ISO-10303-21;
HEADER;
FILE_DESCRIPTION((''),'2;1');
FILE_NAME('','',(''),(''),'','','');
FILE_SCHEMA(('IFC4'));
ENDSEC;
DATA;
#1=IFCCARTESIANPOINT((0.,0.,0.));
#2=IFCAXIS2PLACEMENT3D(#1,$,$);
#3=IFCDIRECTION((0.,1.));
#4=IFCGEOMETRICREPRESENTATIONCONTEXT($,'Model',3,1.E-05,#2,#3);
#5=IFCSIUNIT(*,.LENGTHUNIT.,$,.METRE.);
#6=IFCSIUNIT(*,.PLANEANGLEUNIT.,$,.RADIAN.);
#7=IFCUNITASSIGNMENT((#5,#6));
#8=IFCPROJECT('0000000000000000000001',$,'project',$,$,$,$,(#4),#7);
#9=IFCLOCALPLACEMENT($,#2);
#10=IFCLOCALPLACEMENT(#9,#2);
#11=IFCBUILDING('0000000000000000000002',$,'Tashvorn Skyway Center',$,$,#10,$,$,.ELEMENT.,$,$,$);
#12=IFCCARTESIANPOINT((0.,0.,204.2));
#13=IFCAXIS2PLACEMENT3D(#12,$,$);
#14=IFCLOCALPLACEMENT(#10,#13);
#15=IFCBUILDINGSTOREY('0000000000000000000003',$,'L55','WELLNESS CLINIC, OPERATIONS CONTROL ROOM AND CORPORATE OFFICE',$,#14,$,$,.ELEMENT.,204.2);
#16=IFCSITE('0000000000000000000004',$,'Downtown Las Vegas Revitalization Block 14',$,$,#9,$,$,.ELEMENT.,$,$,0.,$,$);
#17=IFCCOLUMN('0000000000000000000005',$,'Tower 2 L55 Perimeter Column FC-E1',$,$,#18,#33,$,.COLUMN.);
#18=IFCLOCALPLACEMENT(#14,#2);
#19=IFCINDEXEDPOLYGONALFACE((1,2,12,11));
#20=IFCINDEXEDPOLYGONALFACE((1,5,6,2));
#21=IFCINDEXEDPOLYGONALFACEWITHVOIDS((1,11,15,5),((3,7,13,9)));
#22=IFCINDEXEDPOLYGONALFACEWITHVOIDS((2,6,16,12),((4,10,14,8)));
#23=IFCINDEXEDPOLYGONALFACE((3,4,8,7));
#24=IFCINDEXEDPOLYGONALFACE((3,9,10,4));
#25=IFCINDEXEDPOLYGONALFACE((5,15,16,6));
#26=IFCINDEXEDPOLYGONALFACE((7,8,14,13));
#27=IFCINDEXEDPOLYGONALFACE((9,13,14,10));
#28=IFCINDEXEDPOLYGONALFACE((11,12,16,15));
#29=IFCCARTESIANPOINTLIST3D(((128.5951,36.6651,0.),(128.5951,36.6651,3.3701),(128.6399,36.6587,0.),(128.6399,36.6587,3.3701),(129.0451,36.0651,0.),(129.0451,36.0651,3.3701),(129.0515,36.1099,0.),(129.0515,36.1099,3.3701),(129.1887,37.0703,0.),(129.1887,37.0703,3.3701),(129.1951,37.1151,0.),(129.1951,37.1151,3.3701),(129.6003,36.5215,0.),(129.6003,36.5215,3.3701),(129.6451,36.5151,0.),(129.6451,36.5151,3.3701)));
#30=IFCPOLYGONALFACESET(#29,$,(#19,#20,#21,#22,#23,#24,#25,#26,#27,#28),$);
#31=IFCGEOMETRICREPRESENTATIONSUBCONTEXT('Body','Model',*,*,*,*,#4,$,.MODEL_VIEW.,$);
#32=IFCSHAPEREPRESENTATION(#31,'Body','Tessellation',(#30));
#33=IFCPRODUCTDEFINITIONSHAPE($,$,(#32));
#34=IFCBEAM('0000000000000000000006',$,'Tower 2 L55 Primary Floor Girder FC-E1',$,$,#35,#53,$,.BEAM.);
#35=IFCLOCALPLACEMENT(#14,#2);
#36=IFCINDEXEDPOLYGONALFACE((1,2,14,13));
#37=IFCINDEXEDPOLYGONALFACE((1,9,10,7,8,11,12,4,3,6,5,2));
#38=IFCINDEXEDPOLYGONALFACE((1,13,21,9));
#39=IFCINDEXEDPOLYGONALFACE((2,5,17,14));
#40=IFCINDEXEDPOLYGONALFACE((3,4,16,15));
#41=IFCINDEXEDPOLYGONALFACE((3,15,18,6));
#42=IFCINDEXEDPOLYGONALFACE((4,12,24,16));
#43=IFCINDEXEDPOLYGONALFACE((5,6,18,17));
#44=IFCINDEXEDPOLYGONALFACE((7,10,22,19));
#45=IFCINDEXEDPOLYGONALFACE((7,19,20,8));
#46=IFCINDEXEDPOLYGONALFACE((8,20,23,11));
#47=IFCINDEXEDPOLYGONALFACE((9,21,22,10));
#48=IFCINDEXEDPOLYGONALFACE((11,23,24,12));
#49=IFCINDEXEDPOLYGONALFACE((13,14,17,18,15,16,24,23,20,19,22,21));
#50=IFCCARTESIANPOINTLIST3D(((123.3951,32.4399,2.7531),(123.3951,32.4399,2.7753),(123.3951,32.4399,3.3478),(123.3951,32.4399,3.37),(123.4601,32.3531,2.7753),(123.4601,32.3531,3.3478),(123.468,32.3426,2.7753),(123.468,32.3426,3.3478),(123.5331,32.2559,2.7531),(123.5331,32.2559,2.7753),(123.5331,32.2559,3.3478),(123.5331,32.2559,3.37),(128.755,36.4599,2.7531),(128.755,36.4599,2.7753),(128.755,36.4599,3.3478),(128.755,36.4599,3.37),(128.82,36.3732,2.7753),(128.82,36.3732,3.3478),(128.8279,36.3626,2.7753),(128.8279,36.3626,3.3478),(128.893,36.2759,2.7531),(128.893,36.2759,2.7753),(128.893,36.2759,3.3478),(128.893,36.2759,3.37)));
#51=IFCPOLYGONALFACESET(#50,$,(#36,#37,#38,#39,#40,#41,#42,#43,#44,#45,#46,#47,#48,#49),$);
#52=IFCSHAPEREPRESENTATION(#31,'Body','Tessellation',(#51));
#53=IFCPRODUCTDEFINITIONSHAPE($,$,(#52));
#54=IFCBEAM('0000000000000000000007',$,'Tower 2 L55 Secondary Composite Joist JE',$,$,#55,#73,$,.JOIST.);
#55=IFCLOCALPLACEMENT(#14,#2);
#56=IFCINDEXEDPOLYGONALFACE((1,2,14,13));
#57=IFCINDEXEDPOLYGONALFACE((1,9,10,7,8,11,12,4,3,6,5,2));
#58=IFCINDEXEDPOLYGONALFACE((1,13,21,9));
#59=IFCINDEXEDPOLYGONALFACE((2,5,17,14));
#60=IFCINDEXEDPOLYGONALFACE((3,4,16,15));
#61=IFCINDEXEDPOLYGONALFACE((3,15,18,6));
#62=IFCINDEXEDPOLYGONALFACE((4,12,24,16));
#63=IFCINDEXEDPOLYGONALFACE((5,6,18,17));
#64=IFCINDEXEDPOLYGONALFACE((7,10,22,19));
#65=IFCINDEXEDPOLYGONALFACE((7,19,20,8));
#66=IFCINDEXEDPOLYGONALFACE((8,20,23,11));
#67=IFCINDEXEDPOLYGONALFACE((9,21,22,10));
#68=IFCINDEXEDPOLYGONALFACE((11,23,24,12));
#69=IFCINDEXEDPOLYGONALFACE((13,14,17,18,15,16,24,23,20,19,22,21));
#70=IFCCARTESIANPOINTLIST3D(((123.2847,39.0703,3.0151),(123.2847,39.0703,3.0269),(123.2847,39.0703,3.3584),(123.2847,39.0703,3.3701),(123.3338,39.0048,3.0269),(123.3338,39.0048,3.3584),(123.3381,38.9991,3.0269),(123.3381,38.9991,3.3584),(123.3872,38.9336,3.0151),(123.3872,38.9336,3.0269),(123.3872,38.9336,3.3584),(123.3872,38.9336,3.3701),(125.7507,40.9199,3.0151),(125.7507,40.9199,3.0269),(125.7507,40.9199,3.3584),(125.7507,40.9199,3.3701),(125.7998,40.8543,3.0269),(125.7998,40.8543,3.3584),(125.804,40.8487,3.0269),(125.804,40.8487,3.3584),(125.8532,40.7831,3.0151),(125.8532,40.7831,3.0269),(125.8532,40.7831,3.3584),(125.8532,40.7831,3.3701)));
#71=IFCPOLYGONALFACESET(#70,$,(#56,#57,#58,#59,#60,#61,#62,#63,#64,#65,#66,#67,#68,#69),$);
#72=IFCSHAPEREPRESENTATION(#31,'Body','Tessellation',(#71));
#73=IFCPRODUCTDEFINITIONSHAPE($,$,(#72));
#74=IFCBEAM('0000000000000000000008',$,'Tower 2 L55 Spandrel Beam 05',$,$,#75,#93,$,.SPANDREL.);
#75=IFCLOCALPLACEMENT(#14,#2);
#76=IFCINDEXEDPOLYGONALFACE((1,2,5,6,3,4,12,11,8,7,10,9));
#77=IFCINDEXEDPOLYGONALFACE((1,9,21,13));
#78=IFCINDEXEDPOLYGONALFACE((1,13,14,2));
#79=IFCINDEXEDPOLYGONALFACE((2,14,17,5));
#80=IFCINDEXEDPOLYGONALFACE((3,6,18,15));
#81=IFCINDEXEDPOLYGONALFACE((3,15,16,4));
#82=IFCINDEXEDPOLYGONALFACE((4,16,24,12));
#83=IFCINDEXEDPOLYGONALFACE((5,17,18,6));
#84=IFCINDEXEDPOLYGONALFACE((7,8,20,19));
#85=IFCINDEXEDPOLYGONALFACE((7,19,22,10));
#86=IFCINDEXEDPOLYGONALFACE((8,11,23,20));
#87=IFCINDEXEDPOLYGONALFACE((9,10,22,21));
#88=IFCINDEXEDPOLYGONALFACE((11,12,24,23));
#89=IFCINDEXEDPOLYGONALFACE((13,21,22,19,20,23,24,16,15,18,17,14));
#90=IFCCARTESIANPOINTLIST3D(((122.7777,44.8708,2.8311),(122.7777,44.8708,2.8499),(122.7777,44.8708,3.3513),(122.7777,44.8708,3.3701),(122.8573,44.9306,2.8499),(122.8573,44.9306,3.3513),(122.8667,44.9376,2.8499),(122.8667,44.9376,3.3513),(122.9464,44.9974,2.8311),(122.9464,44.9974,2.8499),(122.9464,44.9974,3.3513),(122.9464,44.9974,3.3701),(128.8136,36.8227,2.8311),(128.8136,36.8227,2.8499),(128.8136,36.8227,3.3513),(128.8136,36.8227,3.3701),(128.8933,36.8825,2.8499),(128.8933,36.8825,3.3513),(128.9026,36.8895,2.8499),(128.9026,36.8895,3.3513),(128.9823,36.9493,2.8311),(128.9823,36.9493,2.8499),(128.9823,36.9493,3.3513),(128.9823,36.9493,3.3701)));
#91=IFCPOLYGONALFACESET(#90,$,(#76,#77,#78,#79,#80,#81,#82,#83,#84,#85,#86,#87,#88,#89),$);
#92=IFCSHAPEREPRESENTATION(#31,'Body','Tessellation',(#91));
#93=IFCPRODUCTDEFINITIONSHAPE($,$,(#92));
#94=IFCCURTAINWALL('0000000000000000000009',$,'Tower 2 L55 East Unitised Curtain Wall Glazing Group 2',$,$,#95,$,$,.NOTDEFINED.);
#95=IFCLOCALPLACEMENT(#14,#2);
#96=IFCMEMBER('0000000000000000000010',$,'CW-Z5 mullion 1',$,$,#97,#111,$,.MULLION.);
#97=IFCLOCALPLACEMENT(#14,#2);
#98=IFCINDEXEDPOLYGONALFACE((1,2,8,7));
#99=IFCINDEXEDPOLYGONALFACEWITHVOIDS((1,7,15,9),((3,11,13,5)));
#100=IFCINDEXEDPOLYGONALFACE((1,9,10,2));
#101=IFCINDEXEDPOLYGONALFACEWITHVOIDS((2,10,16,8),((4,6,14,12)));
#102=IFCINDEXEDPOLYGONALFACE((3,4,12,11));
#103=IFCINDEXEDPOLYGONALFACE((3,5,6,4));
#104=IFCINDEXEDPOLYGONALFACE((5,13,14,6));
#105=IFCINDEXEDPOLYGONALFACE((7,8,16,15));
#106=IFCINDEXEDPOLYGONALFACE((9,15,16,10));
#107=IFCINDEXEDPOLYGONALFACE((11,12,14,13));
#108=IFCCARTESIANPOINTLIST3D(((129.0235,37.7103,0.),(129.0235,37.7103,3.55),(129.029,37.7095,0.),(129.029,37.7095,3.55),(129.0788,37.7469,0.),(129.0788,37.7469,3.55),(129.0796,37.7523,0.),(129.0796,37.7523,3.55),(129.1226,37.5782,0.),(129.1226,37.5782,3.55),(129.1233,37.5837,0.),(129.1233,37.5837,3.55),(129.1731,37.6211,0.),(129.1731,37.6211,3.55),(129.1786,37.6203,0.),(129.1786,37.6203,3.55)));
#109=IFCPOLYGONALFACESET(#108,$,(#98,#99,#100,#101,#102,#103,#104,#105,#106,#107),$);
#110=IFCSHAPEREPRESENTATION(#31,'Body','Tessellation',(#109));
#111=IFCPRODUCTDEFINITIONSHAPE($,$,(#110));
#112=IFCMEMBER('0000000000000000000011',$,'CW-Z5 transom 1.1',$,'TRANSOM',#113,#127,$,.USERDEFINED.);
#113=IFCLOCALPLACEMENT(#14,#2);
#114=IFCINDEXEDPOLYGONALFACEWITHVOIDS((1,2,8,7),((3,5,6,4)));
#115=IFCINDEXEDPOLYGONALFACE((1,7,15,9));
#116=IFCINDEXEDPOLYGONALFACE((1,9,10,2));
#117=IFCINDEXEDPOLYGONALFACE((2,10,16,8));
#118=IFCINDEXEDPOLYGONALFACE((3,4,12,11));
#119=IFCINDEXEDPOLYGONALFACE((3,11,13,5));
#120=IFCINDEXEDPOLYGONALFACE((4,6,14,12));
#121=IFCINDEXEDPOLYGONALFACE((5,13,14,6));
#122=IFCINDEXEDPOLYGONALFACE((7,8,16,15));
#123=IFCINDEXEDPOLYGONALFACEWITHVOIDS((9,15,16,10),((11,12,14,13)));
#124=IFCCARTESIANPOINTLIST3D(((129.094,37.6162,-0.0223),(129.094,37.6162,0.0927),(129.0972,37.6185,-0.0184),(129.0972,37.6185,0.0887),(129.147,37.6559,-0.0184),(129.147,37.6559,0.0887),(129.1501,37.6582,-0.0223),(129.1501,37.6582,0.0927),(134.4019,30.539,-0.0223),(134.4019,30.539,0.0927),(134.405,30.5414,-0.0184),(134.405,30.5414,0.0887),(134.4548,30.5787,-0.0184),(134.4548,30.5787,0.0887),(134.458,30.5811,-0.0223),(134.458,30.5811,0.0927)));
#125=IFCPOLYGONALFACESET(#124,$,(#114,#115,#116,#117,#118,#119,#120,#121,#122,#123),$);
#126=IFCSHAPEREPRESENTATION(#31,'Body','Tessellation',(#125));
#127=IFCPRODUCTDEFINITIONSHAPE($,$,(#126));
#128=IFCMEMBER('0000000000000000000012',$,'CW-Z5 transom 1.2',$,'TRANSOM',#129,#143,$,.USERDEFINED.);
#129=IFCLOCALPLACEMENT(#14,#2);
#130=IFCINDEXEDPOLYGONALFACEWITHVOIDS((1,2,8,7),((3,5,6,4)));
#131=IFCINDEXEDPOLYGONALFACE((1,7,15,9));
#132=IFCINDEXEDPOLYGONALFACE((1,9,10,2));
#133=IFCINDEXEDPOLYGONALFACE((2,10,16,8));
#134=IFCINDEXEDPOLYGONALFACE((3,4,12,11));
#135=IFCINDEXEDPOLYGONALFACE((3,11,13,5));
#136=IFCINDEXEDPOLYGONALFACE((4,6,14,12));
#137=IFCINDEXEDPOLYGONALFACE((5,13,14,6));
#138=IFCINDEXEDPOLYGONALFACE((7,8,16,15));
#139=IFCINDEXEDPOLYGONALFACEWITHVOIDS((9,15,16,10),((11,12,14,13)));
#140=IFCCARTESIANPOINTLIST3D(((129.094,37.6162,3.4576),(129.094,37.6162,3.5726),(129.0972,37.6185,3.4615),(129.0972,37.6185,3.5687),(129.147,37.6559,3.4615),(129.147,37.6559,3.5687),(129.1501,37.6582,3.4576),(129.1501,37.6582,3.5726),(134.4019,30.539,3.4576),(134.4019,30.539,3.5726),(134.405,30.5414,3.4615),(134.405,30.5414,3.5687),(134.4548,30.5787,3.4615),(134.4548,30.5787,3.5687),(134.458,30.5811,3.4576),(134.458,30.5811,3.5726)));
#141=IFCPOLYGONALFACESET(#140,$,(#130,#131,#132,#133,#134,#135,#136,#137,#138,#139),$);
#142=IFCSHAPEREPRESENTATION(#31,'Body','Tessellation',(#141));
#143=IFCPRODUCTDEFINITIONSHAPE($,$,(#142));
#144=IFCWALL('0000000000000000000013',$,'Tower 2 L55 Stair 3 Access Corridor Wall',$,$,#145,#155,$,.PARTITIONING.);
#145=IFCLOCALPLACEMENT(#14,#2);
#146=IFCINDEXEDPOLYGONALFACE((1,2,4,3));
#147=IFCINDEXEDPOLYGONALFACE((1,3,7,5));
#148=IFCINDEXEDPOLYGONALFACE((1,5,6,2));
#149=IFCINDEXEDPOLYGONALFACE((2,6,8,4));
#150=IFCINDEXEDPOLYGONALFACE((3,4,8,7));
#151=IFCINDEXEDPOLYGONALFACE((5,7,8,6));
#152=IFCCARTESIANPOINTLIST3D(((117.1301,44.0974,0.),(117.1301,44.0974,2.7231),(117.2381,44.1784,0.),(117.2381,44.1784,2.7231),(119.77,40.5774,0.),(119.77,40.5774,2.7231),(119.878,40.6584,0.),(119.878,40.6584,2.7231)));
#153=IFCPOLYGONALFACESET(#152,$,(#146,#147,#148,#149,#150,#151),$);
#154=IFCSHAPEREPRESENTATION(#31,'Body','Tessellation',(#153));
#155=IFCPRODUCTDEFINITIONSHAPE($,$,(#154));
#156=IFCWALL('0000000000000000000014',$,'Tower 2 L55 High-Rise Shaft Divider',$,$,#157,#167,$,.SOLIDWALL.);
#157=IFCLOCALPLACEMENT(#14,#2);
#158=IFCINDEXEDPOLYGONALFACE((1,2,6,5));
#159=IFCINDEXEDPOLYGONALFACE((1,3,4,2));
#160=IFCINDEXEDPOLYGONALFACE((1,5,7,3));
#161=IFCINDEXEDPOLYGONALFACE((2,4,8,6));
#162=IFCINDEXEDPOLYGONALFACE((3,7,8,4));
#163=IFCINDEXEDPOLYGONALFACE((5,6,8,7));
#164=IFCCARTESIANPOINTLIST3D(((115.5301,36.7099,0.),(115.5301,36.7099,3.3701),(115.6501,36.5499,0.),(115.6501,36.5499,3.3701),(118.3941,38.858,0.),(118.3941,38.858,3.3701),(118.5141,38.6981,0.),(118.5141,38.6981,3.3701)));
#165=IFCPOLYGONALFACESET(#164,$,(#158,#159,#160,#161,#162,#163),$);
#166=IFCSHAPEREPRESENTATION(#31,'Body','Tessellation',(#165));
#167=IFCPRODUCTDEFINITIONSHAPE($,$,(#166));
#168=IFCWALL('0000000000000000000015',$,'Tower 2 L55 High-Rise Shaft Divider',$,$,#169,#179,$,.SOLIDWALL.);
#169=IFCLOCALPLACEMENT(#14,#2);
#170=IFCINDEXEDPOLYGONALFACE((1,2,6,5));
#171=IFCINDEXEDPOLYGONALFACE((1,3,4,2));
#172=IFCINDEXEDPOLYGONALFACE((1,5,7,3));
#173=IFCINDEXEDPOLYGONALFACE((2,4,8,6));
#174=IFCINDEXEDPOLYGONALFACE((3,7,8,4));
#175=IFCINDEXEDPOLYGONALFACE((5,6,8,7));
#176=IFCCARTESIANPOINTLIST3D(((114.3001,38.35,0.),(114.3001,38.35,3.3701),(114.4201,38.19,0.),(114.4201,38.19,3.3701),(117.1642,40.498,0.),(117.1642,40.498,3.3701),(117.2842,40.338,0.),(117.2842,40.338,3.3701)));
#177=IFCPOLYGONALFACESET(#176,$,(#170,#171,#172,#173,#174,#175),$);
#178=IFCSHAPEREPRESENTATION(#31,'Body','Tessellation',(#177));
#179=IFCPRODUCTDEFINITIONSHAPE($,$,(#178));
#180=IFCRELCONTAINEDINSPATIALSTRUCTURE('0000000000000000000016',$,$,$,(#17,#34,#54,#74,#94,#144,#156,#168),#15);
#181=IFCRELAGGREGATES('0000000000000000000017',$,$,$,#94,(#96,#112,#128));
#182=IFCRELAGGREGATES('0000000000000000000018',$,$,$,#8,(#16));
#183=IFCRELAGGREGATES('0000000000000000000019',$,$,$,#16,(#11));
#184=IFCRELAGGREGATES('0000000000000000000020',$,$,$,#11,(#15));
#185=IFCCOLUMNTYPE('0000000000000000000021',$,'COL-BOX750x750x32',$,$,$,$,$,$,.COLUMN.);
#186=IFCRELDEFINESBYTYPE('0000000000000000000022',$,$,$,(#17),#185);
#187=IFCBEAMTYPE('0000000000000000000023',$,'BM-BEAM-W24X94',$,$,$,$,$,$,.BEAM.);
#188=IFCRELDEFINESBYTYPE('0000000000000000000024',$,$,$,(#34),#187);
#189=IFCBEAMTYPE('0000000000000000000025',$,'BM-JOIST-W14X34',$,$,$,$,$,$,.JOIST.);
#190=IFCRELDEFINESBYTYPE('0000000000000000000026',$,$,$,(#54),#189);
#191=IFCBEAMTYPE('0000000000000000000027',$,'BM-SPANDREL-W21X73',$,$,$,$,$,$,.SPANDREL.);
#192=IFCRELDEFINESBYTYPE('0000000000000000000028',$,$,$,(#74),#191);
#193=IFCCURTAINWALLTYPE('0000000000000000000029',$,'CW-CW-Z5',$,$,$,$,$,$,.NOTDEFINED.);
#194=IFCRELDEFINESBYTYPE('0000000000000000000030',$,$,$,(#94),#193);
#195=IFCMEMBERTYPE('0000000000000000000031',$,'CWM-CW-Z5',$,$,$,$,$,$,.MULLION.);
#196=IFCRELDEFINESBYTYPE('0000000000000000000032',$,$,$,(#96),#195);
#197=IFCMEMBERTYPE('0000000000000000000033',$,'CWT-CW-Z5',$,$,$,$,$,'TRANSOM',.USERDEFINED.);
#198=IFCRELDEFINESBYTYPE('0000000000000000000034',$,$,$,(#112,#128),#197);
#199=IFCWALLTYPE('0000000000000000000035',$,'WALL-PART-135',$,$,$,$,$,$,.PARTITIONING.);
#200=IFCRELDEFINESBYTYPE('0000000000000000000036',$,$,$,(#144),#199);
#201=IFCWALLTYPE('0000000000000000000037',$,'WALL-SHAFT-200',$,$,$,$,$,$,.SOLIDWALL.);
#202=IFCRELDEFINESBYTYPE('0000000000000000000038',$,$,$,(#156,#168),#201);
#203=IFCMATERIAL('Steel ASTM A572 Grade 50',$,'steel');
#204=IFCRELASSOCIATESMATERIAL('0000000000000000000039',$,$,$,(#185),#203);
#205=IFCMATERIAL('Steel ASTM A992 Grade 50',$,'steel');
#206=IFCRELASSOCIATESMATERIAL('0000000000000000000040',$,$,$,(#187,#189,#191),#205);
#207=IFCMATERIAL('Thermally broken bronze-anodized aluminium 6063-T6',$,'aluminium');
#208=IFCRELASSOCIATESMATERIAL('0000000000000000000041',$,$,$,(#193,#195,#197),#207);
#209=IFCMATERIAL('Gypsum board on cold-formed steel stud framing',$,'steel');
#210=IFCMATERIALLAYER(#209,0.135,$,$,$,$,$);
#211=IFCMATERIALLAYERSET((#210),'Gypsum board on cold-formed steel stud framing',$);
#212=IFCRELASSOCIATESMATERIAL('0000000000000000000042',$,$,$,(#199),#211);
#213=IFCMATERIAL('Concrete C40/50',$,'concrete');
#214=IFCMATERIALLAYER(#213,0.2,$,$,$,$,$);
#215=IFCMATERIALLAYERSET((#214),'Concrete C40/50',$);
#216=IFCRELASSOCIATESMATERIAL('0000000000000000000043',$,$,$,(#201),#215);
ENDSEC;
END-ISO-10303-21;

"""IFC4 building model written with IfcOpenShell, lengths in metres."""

from ifc_helpers import new_model, si_unit, direction, frame, frame_2d, origin, origin_2d, place, context, subcontext, project, spatial, rectangle, hollow_rectangle, i_section, extrude, material, layer, layer_set, material_profile, profile_set, type_object, element, aggregate, save


model = new_model("IFC4")

# Units and contexts
model_context = context("Model", 3, precision=1e-05, world=origin(), true_north=direction((0.0, 1.0)))
body_context = subcontext(model_context, "Body", "Model", "MODEL_VIEW")
ifc_project = project(units=[si_unit("LENGTHUNIT", "METRE"), si_unit("PLANEANGLEUNIT", "RADIAN")], contexts=[model_context])

# Site, building, storey
site_placement = place(None, origin())
site = spatial("IfcSite", under=ifc_project, at=site_placement, Name="Downtown Las Vegas Revitalization Block 14", CompositionType="ELEMENT", RefElevation=0.0)
building_placement = place(site_placement, origin())
building = spatial("IfcBuilding", under=site, at=building_placement, Name="Tashvorn Skyway Center", CompositionType="ELEMENT")
storey_placement = place(building_placement, frame((0.0, 0.0, 204.2)))
storey = spatial("IfcBuildingStorey", under=building, at=storey_placement, Name="L55", Description="WELLNESS CLINIC, OPERATIONS CONTROL ROOM AND CORPORATE OFFICE", CompositionType="ELEMENT", Elevation=204.2)

# Column
ifc_material_1 = material(Name="Steel ASTM A572 Grade 50", Category="steel")
ifc_material_profile_1 = material_profile(ifc_material_1, hollow_rectangle(XDim=0.75, YDim=0.75, WallThickness=0.032, at=origin_2d()), Name="BOX750x750x32")
ifc_profile_set_1 = profile_set([ifc_material_profile_1], Name="Steel ASTM A572 Grade 50")
column_type = type_object("IfcColumnType", Name="COL-BOX750x750x32", PredefinedType="COLUMN", material=ifc_profile_set_1)
column_placement = place(storey_placement, frame((129.1201, 36.5901, 0.0), z_axis=(0.0, 0.0, 1.0), x_axis=(0.8, 0.6, 0.0)))
element("IfcColumn", 1, at=column_placement, inside=storey, type_object=column_type, Name="Tower 2 L55 Perimeter Column FC-E1", PredefinedType="COLUMN", context=body_context, shape_type="SweptSolid", body=[
    extrude(hollow_rectangle(XDim=0.75, YDim=0.75, WallThickness=0.032, at=origin_2d()), origin(), (0.0, 0.0, 1.0), 3.3701),
])

# Beams
ifc_material_2 = material(Name="Steel ASTM A992 Grade 50", Category="steel")
ifc_material_profile_2 = material_profile(ifc_material_2, i_section(OverallWidth=0.23, OverallDepth=0.6169, WebThickness=0.0132, FlangeThickness=0.0222, at=origin_2d()), Name="W24X94")
ifc_profile_set_2 = profile_set([ifc_material_profile_2], Name="Steel ASTM A992 Grade 50")
beam_type_1 = type_object("IfcBeamType", Name="BM-BEAM-W24X94", PredefinedType="BEAM", material=ifc_profile_set_2)
beam_1_placement = place(storey_placement, frame((128.824, 36.3679, 3.0615), z_axis=(-0.799991, -0.600012, 0.0), x_axis=(0.600012, -0.799991, 0.0)))
element("IfcBeam", 2, at=beam_1_placement, inside=storey, type_object=beam_type_1, Name="Tower 2 L55 Primary Floor Girder FC-E1", PredefinedType="BEAM", context=body_context, shape_type="SweptSolid", body=[
    extrude(i_section(OverallWidth=0.23, OverallDepth=0.6169, WebThickness=0.0132, FlangeThickness=0.0222, at=origin_2d()), origin(), (0.0, 0.0, 1.0), 6.7),
])
ifc_material_profile_3 = material_profile(ifc_material_2, i_section(OverallWidth=0.1709, OverallDepth=0.355, WebThickness=0.0071, FlangeThickness=0.0117, at=origin_2d()), Name="W14X34")
ifc_profile_set_3 = profile_set([ifc_material_profile_3], Name="Steel ASTM A992 Grade 50")
beam_type_2 = type_object("IfcBeamType", Name="BM-JOIST-W14X34", PredefinedType="JOIST", material=ifc_profile_set_3)
beam_2_placement = place(storey_placement, frame((123.3359, 39.002, 3.1926), z_axis=(0.79999, 0.600013, 0.0), x_axis=(-0.600013, 0.79999, 0.0)))
element("IfcBeam", 3, at=beam_2_placement, inside=storey, type_object=beam_type_2, Name="Tower 2 L55 Secondary Composite Joist JE", PredefinedType="JOIST", context=body_context, shape_type="SweptSolid", body=[
    extrude(i_section(OverallWidth=0.1709, OverallDepth=0.355, WebThickness=0.0071, FlangeThickness=0.0117, at=origin_2d()), origin(), (0.0, 0.0, 1.0), 3.0825),
])
ifc_material_profile_4 = material_profile(ifc_material_2, i_section(OverallWidth=0.2109, OverallDepth=0.5391, WebThickness=0.0117, FlangeThickness=0.0188, at=origin_2d()), Name="W21X73")
ifc_profile_set_4 = profile_set([ifc_material_profile_4], Name="Steel ASTM A992 Grade 50")
beam_type_3 = type_object("IfcBeamType", Name="BM-SPANDREL-W21X73", PredefinedType="SPANDREL", material=ifc_profile_set_4)
beam_3_placement = place(storey_placement, frame((128.8979, 36.886, 3.1006), z_axis=(-0.599988, 0.800009, 0.0), x_axis=(-0.800009, -0.599988, 0.0)))
element("IfcBeam", 4, at=beam_3_placement, inside=storey, type_object=beam_type_3, Name="Tower 2 L55 Spandrel Beam 05", PredefinedType="SPANDREL", context=body_context, shape_type="SweptSolid", body=[
    extrude(i_section(OverallWidth=0.2109, OverallDepth=0.5391, WebThickness=0.0117, FlangeThickness=0.0188, at=origin_2d()), origin(), (0.0, 0.0, 1.0), 10.0601),
])

# Curtain wall, members
ifc_material_3 = material(Name="Thermally broken bronze-anodized aluminium 6063-T6", Category="aluminium")
curtain_wall_type = type_object("IfcCurtainWallType", Name="CW-CW-Z5", PredefinedType="NOTDEFINED", material=ifc_material_3)
curtain_wall_placement = place(storey_placement, origin())
curtain_wall = element("IfcCurtainWall", 5, at=curtain_wall_placement, inside=storey, type_object=curtain_wall_type, Name="Tower 2 L55 East Unitised Curtain Wall Glazing Group 2", PredefinedType="NOTDEFINED")
ifc_material_profile_5 = material_profile(ifc_material_3, hollow_rectangle(XDim=0.0701, YDim=0.165, WallThickness=0.0039, at=origin_2d()), Name="ALU-MULL-70x165")
ifc_profile_set_5 = profile_set([ifc_material_profile_5], Name="Thermally broken bronze-anodized aluminium 6063-T6")
member_type_1 = type_object("IfcMemberType", Name="CWM-CW-Z5", PredefinedType="MULLION", material=ifc_profile_set_5)
member_1_placement = place(storey_placement, frame((129.1011, 37.6653, 0.0), z_axis=(0.0, 0.0, 1.0), x_axis=(0.799999, 0.600002, 0.0)))
member_1 = element("IfcMember", 6, at=member_1_placement, type_object=member_type_1, Name="CW-Z5 mullion 1", PredefinedType="MULLION", context=body_context, shape_type="SweptSolid", body=[
    extrude(hollow_rectangle(XDim=0.0701, YDim=0.165, WallThickness=0.0039, at=origin_2d()), origin(), (0.0, 0.0, 1.0), 3.55),
])
ifc_material_profile_6 = material_profile(ifc_material_3, hollow_rectangle(XDim=0.0701, YDim=0.115, WallThickness=0.0039, at=origin_2d()), Name="ALU-TRAN-70x115")
ifc_profile_set_6 = profile_set([ifc_material_profile_6], Name="Thermally broken bronze-anodized aluminium 6063-T6")
member_type_2 = type_object("IfcMemberType", Name="CWT-CW-Z5", ElementType="TRANSOM", PredefinedType="USERDEFINED", material=ifc_profile_set_6)
member_2_placement = place(storey_placement, frame((129.1221, 37.6372, 0.0352), z_axis=(0.6, -0.8, 0.0), x_axis=(0.8, 0.6, 0.0)))
member_2 = element("IfcMember", 7, at=member_2_placement, type_object=member_type_2, Name="CW-Z5 transom 1.1", ObjectType="TRANSOM", PredefinedType="USERDEFINED", context=body_context, shape_type="SweptSolid", body=[
    extrude(hollow_rectangle(XDim=0.0701, YDim=0.115, WallThickness=0.0039, at=origin_2d()), origin(), (0.0, 0.0, 1.0), 8.8464),
])
member_3_placement = place(storey_placement, frame((129.1221, 37.6372, 3.5151), z_axis=(0.6, -0.8, 0.0), x_axis=(0.8, 0.6, 0.0)))
member_3 = element("IfcMember", 8, at=member_3_placement, type_object=member_type_2, Name="CW-Z5 transom 1.2", ObjectType="TRANSOM", PredefinedType="USERDEFINED", context=body_context, shape_type="SweptSolid", body=[
    extrude(hollow_rectangle(XDim=0.0701, YDim=0.115, WallThickness=0.0039, at=origin_2d()), origin(), (0.0, 0.0, 1.0), 8.8464),
])
aggregate(curtain_wall, [member_1, member_2, member_3])

# Walls
ifc_material_4 = material(Name="Gypsum board on cold-formed steel stud framing", Category="steel")
ifc_layer_1 = layer(ifc_material_4, 0.135)
ifc_layer_set_1 = layer_set([ifc_layer_1], Name="Gypsum board on cold-formed steel stud framing")
wall_type_1 = type_object("IfcWallType", Name="WALL-PART-135", PredefinedType="PARTITIONING", material=ifc_layer_set_1)
wall_1_placement = place(storey_placement, frame((119.824, 40.6179, 0.0), z_axis=(0.0, 0.0, 1.0), x_axis=(-0.599982, 0.800013, 0.0)))
element("IfcWall", 9, at=wall_1_placement, inside=storey, type_object=wall_type_1, Name="Tower 2 L55 Stair 3 Access Corridor Wall", PredefinedType="PARTITIONING", context=body_context, shape_type="SweptSolid", body=[
    extrude(rectangle(XDim=4.3999, YDim=0.135, at=frame_2d((2.2, 0.0))), origin(), (0.0, 0.0, 1.0), 2.7231),
])
ifc_material_5 = material(Name="Concrete C40/50", Category="concrete")
ifc_layer_2 = layer(ifc_material_5, 0.2)
ifc_layer_set_2 = layer_set([ifc_layer_2], Name="Concrete C40/50")
wall_type_2 = type_object("IfcWallType", Name="WALL-SHAFT-200", PredefinedType="SOLIDWALL", material=ifc_layer_set_2)
for number, where, z_axis, x_axis, name in (
    (10, (115.5901, 36.6299, 0.0), (0.0, 0.0, 1.0), (0.799975, 0.600033, 0.0), "Tower 2 L55 High-Rise Shaft Divider"),
    (11, (114.3601, 38.27, 0.0), (0.0, 0.0, 1.0), (0.800008, 0.599989, 0.0), "Tower 2 L55 High-Rise Shaft Divider"),
):
    element("IfcWall", number, at=place(storey_placement, frame(where, z_axis=z_axis, x_axis=x_axis)), inside=storey, type_object=wall_type_2, Name=name, PredefinedType="SOLIDWALL", context=body_context, shape_type="SweptSolid", body=[
        extrude(rectangle(XDim=3.5801, YDim=0.2, at=frame_2d((1.79, 0.0))), origin(), (0.0, 0.0, 1.0), 3.3701),
    ])

save(model, "model.ifc")
